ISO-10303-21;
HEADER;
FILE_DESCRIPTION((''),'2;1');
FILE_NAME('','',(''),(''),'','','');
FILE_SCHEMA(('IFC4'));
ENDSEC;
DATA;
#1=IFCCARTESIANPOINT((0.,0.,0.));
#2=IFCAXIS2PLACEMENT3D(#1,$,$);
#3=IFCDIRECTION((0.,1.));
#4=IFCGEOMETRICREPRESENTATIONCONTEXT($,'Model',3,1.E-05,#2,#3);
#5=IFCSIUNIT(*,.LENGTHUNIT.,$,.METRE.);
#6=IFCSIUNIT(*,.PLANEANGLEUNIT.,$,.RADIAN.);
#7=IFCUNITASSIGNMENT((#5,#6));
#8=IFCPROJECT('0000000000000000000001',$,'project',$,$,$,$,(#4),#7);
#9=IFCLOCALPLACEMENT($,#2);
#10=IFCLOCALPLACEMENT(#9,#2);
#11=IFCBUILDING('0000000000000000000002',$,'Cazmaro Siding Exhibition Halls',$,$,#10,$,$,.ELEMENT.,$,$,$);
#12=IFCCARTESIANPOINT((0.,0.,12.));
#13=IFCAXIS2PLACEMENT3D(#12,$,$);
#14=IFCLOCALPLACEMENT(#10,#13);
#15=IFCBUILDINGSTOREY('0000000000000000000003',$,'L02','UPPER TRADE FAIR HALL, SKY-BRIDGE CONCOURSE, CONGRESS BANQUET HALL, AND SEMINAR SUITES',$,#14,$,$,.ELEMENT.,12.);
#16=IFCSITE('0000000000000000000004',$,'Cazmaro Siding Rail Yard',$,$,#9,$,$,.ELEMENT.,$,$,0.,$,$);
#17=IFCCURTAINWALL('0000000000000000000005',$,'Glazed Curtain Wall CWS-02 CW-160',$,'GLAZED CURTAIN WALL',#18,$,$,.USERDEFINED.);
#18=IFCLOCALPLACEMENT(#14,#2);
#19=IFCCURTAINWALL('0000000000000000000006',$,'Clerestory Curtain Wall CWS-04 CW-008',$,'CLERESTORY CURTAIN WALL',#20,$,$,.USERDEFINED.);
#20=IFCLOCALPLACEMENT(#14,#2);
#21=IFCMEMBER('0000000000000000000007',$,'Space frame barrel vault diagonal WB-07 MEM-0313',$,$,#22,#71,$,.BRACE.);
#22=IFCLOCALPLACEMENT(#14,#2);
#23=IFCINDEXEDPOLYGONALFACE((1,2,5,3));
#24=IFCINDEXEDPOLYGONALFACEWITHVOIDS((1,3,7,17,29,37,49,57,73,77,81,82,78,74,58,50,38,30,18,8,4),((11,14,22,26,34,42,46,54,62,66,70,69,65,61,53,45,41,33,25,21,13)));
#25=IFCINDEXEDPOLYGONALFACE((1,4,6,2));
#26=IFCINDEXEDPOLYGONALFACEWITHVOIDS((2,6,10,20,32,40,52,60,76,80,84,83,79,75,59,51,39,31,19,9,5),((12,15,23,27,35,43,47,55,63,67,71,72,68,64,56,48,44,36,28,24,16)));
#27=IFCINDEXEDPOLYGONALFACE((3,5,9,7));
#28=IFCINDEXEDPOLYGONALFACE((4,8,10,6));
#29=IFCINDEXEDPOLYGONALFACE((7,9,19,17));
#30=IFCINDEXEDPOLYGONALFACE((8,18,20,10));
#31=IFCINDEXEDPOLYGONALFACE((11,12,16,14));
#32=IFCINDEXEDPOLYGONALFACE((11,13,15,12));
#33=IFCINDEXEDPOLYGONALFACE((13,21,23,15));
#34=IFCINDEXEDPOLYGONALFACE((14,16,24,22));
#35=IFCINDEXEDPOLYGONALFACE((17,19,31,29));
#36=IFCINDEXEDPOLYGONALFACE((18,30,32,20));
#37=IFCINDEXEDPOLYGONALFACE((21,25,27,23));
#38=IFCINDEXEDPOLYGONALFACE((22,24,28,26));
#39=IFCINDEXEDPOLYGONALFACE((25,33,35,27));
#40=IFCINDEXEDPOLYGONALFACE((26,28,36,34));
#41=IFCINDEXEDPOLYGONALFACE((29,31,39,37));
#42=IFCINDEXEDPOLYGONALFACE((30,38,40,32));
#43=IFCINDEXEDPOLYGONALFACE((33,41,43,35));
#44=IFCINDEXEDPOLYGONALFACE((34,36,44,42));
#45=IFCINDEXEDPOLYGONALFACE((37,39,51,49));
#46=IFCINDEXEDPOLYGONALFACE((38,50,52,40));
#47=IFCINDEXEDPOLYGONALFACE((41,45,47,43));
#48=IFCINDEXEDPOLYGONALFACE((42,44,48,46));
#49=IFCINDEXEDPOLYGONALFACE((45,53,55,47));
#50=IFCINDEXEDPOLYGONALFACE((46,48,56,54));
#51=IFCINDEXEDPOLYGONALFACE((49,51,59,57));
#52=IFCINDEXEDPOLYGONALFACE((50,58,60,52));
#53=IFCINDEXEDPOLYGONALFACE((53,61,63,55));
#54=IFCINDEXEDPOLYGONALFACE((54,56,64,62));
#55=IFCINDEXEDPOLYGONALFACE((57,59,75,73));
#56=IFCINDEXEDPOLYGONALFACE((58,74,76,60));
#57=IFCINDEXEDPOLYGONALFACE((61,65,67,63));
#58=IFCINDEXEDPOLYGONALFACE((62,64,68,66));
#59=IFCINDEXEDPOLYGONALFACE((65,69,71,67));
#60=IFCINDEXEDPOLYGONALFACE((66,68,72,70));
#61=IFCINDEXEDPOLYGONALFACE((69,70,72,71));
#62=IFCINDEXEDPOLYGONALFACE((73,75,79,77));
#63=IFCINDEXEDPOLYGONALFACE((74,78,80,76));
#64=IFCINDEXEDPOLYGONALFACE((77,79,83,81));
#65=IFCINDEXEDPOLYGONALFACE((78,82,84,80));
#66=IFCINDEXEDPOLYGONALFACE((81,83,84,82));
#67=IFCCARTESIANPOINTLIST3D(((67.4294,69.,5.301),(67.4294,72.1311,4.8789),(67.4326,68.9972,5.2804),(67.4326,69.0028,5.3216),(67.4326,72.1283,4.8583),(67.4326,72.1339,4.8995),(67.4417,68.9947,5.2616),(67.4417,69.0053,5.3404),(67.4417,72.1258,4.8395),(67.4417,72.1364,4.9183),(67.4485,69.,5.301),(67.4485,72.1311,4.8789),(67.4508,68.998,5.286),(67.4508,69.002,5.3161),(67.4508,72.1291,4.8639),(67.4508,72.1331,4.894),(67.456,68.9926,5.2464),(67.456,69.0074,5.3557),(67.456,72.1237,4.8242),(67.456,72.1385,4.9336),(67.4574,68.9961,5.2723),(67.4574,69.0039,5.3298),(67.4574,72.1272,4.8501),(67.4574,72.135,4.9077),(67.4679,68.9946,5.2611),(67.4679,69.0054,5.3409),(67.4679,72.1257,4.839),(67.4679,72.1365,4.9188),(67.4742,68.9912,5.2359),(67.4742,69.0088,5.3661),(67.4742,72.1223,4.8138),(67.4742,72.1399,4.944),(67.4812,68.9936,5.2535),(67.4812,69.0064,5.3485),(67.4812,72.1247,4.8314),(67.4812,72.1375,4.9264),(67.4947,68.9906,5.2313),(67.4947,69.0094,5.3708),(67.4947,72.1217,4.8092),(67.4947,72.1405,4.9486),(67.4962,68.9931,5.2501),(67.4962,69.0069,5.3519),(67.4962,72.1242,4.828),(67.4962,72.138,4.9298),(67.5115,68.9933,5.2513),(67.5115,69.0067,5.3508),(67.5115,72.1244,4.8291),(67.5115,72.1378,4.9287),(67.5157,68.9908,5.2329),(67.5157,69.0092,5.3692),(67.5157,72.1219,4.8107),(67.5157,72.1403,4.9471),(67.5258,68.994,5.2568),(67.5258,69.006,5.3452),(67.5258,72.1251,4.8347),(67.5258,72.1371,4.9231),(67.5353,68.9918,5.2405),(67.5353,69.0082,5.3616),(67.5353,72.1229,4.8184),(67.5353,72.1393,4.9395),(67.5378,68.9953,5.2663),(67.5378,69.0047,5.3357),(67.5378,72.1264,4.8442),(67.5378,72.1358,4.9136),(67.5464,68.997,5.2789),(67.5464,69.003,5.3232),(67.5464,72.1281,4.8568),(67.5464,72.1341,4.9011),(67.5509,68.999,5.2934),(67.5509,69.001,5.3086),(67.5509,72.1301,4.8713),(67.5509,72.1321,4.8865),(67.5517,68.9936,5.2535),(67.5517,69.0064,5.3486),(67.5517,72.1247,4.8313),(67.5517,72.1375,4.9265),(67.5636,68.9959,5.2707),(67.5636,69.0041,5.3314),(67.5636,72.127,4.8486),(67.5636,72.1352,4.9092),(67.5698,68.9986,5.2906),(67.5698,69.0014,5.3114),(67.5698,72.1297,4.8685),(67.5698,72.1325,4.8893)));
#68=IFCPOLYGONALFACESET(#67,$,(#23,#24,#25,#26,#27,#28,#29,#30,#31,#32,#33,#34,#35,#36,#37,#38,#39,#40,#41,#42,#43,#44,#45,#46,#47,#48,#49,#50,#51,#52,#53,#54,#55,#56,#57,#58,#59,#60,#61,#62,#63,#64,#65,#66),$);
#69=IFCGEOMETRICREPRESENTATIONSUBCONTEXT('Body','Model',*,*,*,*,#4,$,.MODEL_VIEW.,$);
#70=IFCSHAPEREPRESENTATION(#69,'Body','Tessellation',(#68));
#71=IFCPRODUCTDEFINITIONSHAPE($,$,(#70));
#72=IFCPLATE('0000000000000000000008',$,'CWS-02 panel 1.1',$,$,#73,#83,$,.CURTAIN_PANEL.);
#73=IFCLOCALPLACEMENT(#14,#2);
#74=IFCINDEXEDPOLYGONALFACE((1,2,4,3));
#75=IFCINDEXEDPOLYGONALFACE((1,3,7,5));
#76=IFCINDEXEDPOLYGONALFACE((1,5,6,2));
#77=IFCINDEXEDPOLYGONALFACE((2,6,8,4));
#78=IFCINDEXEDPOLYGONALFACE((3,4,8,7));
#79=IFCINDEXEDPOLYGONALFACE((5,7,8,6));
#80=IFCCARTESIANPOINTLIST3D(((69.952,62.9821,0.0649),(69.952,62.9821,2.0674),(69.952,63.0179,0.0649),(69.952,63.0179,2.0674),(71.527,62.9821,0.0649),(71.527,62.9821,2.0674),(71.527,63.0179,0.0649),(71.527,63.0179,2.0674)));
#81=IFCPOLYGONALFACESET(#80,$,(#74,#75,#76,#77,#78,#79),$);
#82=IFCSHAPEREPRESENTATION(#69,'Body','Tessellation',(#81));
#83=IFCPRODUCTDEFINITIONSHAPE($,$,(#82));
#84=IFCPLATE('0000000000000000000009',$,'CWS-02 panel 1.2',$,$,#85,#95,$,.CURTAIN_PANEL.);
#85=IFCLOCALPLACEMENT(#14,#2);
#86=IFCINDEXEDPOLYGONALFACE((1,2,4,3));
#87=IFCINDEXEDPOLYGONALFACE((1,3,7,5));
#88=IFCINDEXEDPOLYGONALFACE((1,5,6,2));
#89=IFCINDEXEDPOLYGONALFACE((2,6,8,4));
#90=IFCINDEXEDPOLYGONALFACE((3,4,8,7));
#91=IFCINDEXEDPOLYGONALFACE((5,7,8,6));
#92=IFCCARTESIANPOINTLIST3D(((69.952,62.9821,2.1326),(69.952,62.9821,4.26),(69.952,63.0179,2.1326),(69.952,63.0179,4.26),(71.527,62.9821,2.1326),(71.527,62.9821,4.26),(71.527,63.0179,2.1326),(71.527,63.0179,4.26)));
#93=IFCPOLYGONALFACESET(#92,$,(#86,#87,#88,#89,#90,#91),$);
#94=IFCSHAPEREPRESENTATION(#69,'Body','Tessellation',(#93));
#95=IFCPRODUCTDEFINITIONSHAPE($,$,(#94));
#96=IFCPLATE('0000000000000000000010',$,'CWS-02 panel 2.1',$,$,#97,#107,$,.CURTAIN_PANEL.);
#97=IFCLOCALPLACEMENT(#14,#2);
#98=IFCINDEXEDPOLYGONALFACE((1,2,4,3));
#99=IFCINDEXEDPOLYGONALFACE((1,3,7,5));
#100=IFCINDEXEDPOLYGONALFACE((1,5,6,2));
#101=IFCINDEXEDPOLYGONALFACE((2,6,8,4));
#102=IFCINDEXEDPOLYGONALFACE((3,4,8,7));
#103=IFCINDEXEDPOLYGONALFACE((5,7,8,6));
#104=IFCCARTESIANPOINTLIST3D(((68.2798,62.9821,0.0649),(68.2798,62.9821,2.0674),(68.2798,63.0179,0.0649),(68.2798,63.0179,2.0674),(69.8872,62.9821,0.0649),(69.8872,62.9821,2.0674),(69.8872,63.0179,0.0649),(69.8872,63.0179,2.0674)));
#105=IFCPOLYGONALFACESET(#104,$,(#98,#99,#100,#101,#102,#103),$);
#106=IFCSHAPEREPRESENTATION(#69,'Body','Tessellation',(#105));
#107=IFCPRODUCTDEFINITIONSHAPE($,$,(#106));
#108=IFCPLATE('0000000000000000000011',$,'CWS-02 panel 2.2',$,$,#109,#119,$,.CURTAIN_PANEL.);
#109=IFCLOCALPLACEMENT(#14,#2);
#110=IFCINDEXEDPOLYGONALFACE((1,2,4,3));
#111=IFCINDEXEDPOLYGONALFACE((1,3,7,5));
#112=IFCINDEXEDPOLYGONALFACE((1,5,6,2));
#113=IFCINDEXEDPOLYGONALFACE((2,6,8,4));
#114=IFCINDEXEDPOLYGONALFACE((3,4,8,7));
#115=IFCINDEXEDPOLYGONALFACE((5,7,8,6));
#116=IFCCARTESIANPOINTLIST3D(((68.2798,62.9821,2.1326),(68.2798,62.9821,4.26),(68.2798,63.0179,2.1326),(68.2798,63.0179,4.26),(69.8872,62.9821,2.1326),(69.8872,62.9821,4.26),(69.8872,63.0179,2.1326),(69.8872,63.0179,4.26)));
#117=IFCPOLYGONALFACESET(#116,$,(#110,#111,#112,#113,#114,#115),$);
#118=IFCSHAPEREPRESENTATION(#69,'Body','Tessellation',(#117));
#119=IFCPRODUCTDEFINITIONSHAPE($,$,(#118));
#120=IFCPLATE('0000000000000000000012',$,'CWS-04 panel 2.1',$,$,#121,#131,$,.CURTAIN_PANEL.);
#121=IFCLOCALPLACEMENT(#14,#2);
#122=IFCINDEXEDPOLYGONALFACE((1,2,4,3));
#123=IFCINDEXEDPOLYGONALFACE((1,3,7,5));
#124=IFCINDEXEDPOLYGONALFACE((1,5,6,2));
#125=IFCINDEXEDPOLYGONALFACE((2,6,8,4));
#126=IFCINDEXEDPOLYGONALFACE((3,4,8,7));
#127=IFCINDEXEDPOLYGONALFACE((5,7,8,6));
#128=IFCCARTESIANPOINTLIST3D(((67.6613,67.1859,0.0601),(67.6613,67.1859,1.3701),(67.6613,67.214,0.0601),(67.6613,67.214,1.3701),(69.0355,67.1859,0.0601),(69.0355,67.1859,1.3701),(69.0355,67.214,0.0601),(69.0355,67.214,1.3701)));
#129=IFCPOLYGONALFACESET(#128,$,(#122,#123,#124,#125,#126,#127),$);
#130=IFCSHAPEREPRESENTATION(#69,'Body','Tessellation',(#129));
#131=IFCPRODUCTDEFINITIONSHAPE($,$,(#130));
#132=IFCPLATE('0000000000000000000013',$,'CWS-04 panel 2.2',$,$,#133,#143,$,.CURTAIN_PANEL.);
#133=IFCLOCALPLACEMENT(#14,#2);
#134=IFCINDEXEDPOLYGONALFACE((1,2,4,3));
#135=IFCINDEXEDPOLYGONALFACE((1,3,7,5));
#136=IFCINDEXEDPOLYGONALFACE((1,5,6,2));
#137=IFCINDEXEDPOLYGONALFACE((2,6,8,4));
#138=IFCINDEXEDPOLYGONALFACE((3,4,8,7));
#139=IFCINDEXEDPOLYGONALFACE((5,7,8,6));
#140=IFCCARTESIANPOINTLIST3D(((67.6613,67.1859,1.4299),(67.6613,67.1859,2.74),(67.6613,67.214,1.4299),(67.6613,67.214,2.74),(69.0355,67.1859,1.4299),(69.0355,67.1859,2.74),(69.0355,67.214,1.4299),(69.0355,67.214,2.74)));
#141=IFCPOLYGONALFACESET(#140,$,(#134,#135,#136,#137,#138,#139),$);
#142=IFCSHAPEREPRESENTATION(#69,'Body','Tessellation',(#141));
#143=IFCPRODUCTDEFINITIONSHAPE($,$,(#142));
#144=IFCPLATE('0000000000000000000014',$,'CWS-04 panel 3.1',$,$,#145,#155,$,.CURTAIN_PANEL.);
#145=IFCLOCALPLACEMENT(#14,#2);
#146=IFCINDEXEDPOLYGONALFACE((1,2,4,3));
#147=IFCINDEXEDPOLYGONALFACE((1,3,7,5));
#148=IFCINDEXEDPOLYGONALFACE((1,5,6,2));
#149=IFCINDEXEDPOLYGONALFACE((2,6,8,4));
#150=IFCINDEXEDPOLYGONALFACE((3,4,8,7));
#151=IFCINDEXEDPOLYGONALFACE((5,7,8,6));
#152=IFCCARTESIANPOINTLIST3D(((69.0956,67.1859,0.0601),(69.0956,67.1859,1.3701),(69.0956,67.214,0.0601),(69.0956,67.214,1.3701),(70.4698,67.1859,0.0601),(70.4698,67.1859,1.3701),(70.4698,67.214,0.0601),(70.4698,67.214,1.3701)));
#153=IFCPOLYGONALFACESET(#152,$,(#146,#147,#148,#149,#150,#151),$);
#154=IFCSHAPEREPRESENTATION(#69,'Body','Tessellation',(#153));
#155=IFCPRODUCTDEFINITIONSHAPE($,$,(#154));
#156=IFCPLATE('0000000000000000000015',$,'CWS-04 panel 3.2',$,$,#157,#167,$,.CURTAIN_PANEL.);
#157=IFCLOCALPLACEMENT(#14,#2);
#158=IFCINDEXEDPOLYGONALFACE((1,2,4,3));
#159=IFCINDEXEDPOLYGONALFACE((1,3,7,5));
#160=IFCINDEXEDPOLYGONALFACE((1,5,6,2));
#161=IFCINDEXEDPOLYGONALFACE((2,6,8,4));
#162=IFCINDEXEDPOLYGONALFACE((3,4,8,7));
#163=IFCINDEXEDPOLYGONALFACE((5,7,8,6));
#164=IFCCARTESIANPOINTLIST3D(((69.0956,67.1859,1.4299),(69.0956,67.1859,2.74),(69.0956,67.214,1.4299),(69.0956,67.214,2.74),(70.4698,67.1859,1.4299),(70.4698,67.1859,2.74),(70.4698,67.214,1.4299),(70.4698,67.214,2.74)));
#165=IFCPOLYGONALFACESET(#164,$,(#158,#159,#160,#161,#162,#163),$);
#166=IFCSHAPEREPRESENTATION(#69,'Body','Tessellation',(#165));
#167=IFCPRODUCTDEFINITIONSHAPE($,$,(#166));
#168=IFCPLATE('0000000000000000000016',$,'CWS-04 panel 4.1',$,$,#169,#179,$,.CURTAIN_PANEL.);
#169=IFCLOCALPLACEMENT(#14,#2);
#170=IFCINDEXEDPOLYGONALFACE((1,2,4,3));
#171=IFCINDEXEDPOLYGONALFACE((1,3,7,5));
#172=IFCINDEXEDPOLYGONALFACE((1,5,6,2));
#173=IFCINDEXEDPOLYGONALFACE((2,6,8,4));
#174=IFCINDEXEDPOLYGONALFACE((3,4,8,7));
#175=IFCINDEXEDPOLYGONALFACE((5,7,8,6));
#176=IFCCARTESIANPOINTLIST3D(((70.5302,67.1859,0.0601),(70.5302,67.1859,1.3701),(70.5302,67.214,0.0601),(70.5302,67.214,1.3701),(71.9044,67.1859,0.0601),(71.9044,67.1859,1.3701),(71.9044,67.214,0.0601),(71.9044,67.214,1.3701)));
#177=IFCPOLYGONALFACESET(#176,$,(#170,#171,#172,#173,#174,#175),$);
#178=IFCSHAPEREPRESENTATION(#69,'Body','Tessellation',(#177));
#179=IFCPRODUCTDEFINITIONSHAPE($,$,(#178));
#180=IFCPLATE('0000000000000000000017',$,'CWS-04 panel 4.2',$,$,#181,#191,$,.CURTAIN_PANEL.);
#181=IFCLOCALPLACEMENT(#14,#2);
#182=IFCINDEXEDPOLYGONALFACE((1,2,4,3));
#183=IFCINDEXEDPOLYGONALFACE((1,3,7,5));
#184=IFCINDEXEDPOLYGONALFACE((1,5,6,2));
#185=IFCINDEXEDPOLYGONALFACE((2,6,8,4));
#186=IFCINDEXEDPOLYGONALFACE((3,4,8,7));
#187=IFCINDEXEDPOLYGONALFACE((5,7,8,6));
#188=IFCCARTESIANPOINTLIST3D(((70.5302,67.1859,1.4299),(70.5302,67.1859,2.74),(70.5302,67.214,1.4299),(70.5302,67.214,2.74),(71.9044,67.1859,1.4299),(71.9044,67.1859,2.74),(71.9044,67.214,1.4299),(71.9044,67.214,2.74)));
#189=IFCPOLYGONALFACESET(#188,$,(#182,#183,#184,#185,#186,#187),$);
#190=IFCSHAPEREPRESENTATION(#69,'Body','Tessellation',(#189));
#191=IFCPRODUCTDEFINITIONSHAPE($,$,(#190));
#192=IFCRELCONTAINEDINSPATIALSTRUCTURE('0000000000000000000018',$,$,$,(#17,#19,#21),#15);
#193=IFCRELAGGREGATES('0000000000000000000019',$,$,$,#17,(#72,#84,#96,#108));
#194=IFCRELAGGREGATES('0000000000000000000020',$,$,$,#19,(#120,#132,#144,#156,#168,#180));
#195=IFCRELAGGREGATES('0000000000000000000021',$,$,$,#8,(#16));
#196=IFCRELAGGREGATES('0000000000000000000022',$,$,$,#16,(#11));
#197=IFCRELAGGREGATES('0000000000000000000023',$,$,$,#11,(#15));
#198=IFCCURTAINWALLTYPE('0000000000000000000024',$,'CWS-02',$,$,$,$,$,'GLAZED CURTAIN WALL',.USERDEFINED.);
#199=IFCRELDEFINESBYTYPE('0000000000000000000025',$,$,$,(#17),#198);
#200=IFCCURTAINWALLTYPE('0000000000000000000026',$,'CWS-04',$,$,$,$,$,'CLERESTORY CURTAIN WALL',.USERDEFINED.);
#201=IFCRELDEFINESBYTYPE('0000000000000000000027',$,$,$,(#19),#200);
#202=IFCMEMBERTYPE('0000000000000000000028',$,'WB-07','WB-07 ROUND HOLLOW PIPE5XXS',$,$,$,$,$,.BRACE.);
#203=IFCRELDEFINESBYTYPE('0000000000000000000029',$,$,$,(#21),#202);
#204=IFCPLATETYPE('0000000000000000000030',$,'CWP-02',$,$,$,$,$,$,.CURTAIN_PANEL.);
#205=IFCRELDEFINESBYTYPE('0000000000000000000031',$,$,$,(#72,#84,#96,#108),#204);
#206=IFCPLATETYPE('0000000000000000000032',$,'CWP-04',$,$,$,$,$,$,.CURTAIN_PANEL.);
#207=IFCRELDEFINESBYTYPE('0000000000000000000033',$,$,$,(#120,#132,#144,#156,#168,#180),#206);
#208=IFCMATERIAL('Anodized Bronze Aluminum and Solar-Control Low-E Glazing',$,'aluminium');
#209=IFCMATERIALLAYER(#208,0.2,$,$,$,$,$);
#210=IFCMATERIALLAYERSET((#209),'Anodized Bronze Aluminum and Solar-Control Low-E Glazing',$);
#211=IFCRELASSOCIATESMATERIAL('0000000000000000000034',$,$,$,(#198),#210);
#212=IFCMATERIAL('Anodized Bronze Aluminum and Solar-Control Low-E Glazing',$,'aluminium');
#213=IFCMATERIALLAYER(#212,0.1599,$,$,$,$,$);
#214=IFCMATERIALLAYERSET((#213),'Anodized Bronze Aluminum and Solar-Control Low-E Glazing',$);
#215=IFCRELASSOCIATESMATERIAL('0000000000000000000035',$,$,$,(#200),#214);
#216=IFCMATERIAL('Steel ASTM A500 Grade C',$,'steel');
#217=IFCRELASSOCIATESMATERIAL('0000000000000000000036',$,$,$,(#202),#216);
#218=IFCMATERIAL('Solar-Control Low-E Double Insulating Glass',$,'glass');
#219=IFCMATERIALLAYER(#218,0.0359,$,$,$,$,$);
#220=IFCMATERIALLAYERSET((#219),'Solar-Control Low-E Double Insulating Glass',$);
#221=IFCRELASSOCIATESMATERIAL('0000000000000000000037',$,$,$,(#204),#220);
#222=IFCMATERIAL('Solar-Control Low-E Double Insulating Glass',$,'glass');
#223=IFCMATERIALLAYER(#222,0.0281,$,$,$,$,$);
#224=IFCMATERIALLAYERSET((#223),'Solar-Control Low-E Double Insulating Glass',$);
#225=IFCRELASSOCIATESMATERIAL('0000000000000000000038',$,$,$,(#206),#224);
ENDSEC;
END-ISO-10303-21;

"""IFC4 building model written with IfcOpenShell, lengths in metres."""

from ifc_helpers import new_model, si_unit, direction, frame, origin, origin_2d, place, context, subcontext, project, spatial, rectangle, hollow_circle, extrude, material, layer, layer_set, material_profile, profile_set, type_object, element, aggregate, save


model = new_model("IFC4")

# Units and contexts
model_context = context("Model", 3, precision=1e-05, world=origin(), true_north=direction((0.0, 1.0)))
body_context = subcontext(model_context, "Body", "Model", "MODEL_VIEW")
ifc_project = project(units=[si_unit("LENGTHUNIT", "METRE"), si_unit("PLANEANGLEUNIT", "RADIAN")], contexts=[model_context])

# Site, building, storey
site_placement = place(None, origin())
site = spatial("IfcSite", under=ifc_project, at=site_placement, Name="Cazmaro Siding Rail Yard", CompositionType="ELEMENT", RefElevation=0.0)
building_placement = place(site_placement, origin())
building = spatial("IfcBuilding", under=site, at=building_placement, Name="Cazmaro Siding Exhibition Halls", CompositionType="ELEMENT")
storey_placement = place(building_placement, frame((0.0, 0.0, 12.0)))
storey = spatial("IfcBuildingStorey", under=building, at=storey_placement, Name="L02", Description="UPPER TRADE FAIR HALL, SKY-BRIDGE CONCOURSE, CONGRESS BANQUET HALL, AND SEMINAR SUITES", CompositionType="ELEMENT", Elevation=12.0)

# Curtain walls
ifc_material_1 = material(Name="Anodized Bronze Aluminum and Solar-Control Low-E Glazing", Category="aluminium")
ifc_layer_1 = layer(ifc_material_1, 0.2)
ifc_layer_set_1 = layer_set([ifc_layer_1], Name="Anodized Bronze Aluminum and Solar-Control Low-E Glazing")
curtain_wall_type_1 = type_object("IfcCurtainWallType", Name="CWS-02", ElementType="GLAZED CURTAIN WALL", PredefinedType="USERDEFINED", material=ifc_layer_set_1)
curtain_wall_1_placement = place(storey_placement, origin())
curtain_wall_1 = element("IfcCurtainWall", 1, at=curtain_wall_1_placement, inside=storey, type_object=curtain_wall_type_1, Name="Glazed Curtain Wall CWS-02 CW-160", ObjectType="GLAZED CURTAIN WALL", PredefinedType="USERDEFINED")
ifc_material_2 = material(Name="Anodized Bronze Aluminum and Solar-Control Low-E Glazing", Category="aluminium")
ifc_layer_2 = layer(ifc_material_2, 0.1599)
ifc_layer_set_2 = layer_set([ifc_layer_2], Name="Anodized Bronze Aluminum and Solar-Control Low-E Glazing")
curtain_wall_type_2 = type_object("IfcCurtainWallType", Name="CWS-04", ElementType="CLERESTORY CURTAIN WALL", PredefinedType="USERDEFINED", material=ifc_layer_set_2)
curtain_wall_2_placement = place(storey_placement, origin())
curtain_wall_2 = element("IfcCurtainWall", 2, at=curtain_wall_2_placement, inside=storey, type_object=curtain_wall_type_2, Name="Clerestory Curtain Wall CWS-04 CW-008", ObjectType="CLERESTORY CURTAIN WALL", PredefinedType="USERDEFINED")

# Member
ifc_material_3 = material(Name="Steel ASTM A500 Grade C", Category="steel")
ifc_material_profile_1 = material_profile(ifc_material_3, hollow_circle(Radius=0.0706, WallThickness=0.019, at=origin_2d()), Name="PIPE5XXS")
ifc_profile_set_1 = profile_set([ifc_material_profile_1], Name="Steel ASTM A500 Grade C")
member_type_1 = type_object("IfcMemberType", Name="WB-07", Description="WB-07 ROUND HOLLOW PIPE5XXS", PredefinedType="BRACE", material=ifc_profile_set_1)
member_1_placement = place(storey_placement, frame((67.5, 69.0, 5.301), z_axis=(0.0, 0.991035, -0.133606), x_axis=(-1.0, 0.0, 0.0)))
element("IfcMember", 3, at=member_1_placement, inside=storey, type_object=member_type_1, Name="Space frame barrel vault diagonal WB-07 MEM-0313", PredefinedType="BRACE", context=body_context, shape_type="SweptSolid", body=[
    extrude(hollow_circle(Radius=0.0706, WallThickness=0.019, at=origin_2d()), origin(), (0.0, 0.0, 1.0), 3.1594),
])

# Plates
ifc_material_4 = material(Name="Solar-Control Low-E Double Insulating Glass", Category="glass")
ifc_layer_3 = layer(ifc_material_4, 0.0359)
ifc_layer_set_3 = layer_set([ifc_layer_3], Name="Solar-Control Low-E Double Insulating Glass")
plate_type_1 = type_object("IfcPlateType", Name="CWP-02", PredefinedType="CURTAIN_PANEL", material=ifc_layer_set_3)
plate_1_placement = place(storey_placement, frame((70.7395, 63.0, 0.0649), z_axis=(0.0, 0.0, 1.0), x_axis=(-1.0, 0.0, 0.0)))
plate_1 = element("IfcPlate", 4, at=plate_1_placement, type_object=plate_type_1, Name="CWS-02 panel 1.1", PredefinedType="CURTAIN_PANEL", context=body_context, shape_type="SweptSolid", body=[
    extrude(rectangle(XDim=1.575, YDim=0.0359, at=origin_2d()), origin(), (0.0, 0.0, 1.0), 2.0024),
])
plate_2_placement = place(storey_placement, frame((70.7395, 63.0, 2.1326), z_axis=(0.0, 0.0, 1.0), x_axis=(-1.0, 0.0, 0.0)))
plate_2 = element("IfcPlate", 5, at=plate_2_placement, type_object=plate_type_1, Name="CWS-02 panel 1.2", PredefinedType="CURTAIN_PANEL", context=body_context, shape_type="SweptSolid", body=[
    extrude(rectangle(XDim=1.575, YDim=0.0359, at=origin_2d()), origin(), (0.0, 0.0, 1.0), 2.1274),
])
plate_3_placement = place(storey_placement, frame((69.0835, 63.0, 0.0649), z_axis=(0.0, 0.0, 1.0), x_axis=(-1.0, 0.0, 0.0)))
plate_3 = element("IfcPlate", 6, at=plate_3_placement, type_object=plate_type_1, Name="CWS-02 panel 2.1", PredefinedType="CURTAIN_PANEL", context=body_context, shape_type="SweptSolid", body=[
    extrude(rectangle(XDim=1.6074, YDim=0.0359, at=origin_2d()), origin(), (0.0, 0.0, 1.0), 2.0024),
])
plate_4_placement = place(storey_placement, frame((69.0835, 63.0, 2.1326), z_axis=(0.0, 0.0, 1.0), x_axis=(-1.0, 0.0, 0.0)))
plate_4 = element("IfcPlate", 7, at=plate_4_placement, type_object=plate_type_1, Name="CWS-02 panel 2.2", PredefinedType="CURTAIN_PANEL", context=body_context, shape_type="SweptSolid", body=[
    extrude(rectangle(XDim=1.6074, YDim=0.0359, at=origin_2d()), origin(), (0.0, 0.0, 1.0), 2.1274),
])
aggregate(curtain_wall_1, [plate_1, plate_2, plate_3, plate_4])
ifc_material_5 = material(Name="Solar-Control Low-E Double Insulating Glass", Category="glass")
ifc_layer_4 = layer(ifc_material_5, 0.0281)
ifc_layer_set_4 = layer_set([ifc_layer_4], Name="Solar-Control Low-E Double Insulating Glass")
plate_type_2 = type_object("IfcPlateType", Name="CWP-04", PredefinedType="CURTAIN_PANEL", material=ifc_layer_set_4)
plate_5_placement = place(storey_placement, frame((68.3484, 67.2, 0.0601), z_axis=(0.0, 0.0, 1.0), x_axis=(1.0, 0.0, 0.0)))
plate_5 = element("IfcPlate", 8, at=plate_5_placement, type_object=plate_type_2, Name="CWS-04 panel 2.1", PredefinedType="CURTAIN_PANEL", context=body_context, shape_type="SweptSolid", body=[
    extrude(rectangle(XDim=1.3743, YDim=0.0281, at=origin_2d()), origin(), (0.0, 0.0, 1.0), 1.3101),
])
plate_6_placement = place(storey_placement, frame((68.3484, 67.2, 1.4299), z_axis=(0.0, 0.0, 1.0), x_axis=(1.0, 0.0, 0.0)))
plate_6 = element("IfcPlate", 9, at=plate_6_placement, type_object=plate_type_2, Name="CWS-04 panel 2.2", PredefinedType="CURTAIN_PANEL", context=body_context, shape_type="SweptSolid", body=[
    extrude(rectangle(XDim=1.3743, YDim=0.0281, at=origin_2d()), origin(), (0.0, 0.0, 1.0), 1.3101),
])
plate_7_placement = place(storey_placement, frame((69.7827, 67.2, 0.0601), z_axis=(0.0, 0.0, 1.0), x_axis=(1.0, 0.0, 0.0)))
plate_7 = element("IfcPlate", 10, at=plate_7_placement, type_object=plate_type_2, Name="CWS-04 panel 3.1", PredefinedType="CURTAIN_PANEL", context=body_context, shape_type="SweptSolid", body=[
    extrude(rectangle(XDim=1.3743, YDim=0.0281, at=origin_2d()), origin(), (0.0, 0.0, 1.0), 1.3101),
])
plate_8_placement = place(storey_placement, frame((69.7827, 67.2, 1.4299), z_axis=(0.0, 0.0, 1.0), x_axis=(1.0, 0.0, 0.0)))
plate_8 = element("IfcPlate", 11, at=plate_8_placement, type_object=plate_type_2, Name="CWS-04 panel 3.2", PredefinedType="CURTAIN_PANEL", context=body_context, shape_type="SweptSolid", body=[
    extrude(rectangle(XDim=1.3743, YDim=0.0281, at=origin_2d()), origin(), (0.0, 0.0, 1.0), 1.3101),
])
plate_9_placement = place(storey_placement, frame((71.2173, 67.2, 0.0601), z_axis=(0.0, 0.0, 1.0), x_axis=(1.0, 0.0, 0.0)))
plate_9 = element("IfcPlate", 12, at=plate_9_placement, type_object=plate_type_2, Name="CWS-04 panel 4.1", PredefinedType="CURTAIN_PANEL", context=body_context, shape_type="SweptSolid", body=[
    extrude(rectangle(XDim=1.3743, YDim=0.0281, at=origin_2d()), origin(), (0.0, 0.0, 1.0), 1.3101),
])
plate_10_placement = place(storey_placement, frame((71.2173, 67.2, 1.4299), z_axis=(0.0, 0.0, 1.0), x_axis=(1.0, 0.0, 0.0)))
plate_10 = element("IfcPlate", 13, at=plate_10_placement, type_object=plate_type_2, Name="CWS-04 panel 4.2", PredefinedType="CURTAIN_PANEL", context=body_context, shape_type="SweptSolid", body=[
    extrude(rectangle(XDim=1.3743, YDim=0.0281, at=origin_2d()), origin(), (0.0, 0.0, 1.0), 1.3101),
])
aggregate(curtain_wall_2, [plate_5, plate_6, plate_7, plate_8, plate_9, plate_10])

save(model, "model.ifc")
